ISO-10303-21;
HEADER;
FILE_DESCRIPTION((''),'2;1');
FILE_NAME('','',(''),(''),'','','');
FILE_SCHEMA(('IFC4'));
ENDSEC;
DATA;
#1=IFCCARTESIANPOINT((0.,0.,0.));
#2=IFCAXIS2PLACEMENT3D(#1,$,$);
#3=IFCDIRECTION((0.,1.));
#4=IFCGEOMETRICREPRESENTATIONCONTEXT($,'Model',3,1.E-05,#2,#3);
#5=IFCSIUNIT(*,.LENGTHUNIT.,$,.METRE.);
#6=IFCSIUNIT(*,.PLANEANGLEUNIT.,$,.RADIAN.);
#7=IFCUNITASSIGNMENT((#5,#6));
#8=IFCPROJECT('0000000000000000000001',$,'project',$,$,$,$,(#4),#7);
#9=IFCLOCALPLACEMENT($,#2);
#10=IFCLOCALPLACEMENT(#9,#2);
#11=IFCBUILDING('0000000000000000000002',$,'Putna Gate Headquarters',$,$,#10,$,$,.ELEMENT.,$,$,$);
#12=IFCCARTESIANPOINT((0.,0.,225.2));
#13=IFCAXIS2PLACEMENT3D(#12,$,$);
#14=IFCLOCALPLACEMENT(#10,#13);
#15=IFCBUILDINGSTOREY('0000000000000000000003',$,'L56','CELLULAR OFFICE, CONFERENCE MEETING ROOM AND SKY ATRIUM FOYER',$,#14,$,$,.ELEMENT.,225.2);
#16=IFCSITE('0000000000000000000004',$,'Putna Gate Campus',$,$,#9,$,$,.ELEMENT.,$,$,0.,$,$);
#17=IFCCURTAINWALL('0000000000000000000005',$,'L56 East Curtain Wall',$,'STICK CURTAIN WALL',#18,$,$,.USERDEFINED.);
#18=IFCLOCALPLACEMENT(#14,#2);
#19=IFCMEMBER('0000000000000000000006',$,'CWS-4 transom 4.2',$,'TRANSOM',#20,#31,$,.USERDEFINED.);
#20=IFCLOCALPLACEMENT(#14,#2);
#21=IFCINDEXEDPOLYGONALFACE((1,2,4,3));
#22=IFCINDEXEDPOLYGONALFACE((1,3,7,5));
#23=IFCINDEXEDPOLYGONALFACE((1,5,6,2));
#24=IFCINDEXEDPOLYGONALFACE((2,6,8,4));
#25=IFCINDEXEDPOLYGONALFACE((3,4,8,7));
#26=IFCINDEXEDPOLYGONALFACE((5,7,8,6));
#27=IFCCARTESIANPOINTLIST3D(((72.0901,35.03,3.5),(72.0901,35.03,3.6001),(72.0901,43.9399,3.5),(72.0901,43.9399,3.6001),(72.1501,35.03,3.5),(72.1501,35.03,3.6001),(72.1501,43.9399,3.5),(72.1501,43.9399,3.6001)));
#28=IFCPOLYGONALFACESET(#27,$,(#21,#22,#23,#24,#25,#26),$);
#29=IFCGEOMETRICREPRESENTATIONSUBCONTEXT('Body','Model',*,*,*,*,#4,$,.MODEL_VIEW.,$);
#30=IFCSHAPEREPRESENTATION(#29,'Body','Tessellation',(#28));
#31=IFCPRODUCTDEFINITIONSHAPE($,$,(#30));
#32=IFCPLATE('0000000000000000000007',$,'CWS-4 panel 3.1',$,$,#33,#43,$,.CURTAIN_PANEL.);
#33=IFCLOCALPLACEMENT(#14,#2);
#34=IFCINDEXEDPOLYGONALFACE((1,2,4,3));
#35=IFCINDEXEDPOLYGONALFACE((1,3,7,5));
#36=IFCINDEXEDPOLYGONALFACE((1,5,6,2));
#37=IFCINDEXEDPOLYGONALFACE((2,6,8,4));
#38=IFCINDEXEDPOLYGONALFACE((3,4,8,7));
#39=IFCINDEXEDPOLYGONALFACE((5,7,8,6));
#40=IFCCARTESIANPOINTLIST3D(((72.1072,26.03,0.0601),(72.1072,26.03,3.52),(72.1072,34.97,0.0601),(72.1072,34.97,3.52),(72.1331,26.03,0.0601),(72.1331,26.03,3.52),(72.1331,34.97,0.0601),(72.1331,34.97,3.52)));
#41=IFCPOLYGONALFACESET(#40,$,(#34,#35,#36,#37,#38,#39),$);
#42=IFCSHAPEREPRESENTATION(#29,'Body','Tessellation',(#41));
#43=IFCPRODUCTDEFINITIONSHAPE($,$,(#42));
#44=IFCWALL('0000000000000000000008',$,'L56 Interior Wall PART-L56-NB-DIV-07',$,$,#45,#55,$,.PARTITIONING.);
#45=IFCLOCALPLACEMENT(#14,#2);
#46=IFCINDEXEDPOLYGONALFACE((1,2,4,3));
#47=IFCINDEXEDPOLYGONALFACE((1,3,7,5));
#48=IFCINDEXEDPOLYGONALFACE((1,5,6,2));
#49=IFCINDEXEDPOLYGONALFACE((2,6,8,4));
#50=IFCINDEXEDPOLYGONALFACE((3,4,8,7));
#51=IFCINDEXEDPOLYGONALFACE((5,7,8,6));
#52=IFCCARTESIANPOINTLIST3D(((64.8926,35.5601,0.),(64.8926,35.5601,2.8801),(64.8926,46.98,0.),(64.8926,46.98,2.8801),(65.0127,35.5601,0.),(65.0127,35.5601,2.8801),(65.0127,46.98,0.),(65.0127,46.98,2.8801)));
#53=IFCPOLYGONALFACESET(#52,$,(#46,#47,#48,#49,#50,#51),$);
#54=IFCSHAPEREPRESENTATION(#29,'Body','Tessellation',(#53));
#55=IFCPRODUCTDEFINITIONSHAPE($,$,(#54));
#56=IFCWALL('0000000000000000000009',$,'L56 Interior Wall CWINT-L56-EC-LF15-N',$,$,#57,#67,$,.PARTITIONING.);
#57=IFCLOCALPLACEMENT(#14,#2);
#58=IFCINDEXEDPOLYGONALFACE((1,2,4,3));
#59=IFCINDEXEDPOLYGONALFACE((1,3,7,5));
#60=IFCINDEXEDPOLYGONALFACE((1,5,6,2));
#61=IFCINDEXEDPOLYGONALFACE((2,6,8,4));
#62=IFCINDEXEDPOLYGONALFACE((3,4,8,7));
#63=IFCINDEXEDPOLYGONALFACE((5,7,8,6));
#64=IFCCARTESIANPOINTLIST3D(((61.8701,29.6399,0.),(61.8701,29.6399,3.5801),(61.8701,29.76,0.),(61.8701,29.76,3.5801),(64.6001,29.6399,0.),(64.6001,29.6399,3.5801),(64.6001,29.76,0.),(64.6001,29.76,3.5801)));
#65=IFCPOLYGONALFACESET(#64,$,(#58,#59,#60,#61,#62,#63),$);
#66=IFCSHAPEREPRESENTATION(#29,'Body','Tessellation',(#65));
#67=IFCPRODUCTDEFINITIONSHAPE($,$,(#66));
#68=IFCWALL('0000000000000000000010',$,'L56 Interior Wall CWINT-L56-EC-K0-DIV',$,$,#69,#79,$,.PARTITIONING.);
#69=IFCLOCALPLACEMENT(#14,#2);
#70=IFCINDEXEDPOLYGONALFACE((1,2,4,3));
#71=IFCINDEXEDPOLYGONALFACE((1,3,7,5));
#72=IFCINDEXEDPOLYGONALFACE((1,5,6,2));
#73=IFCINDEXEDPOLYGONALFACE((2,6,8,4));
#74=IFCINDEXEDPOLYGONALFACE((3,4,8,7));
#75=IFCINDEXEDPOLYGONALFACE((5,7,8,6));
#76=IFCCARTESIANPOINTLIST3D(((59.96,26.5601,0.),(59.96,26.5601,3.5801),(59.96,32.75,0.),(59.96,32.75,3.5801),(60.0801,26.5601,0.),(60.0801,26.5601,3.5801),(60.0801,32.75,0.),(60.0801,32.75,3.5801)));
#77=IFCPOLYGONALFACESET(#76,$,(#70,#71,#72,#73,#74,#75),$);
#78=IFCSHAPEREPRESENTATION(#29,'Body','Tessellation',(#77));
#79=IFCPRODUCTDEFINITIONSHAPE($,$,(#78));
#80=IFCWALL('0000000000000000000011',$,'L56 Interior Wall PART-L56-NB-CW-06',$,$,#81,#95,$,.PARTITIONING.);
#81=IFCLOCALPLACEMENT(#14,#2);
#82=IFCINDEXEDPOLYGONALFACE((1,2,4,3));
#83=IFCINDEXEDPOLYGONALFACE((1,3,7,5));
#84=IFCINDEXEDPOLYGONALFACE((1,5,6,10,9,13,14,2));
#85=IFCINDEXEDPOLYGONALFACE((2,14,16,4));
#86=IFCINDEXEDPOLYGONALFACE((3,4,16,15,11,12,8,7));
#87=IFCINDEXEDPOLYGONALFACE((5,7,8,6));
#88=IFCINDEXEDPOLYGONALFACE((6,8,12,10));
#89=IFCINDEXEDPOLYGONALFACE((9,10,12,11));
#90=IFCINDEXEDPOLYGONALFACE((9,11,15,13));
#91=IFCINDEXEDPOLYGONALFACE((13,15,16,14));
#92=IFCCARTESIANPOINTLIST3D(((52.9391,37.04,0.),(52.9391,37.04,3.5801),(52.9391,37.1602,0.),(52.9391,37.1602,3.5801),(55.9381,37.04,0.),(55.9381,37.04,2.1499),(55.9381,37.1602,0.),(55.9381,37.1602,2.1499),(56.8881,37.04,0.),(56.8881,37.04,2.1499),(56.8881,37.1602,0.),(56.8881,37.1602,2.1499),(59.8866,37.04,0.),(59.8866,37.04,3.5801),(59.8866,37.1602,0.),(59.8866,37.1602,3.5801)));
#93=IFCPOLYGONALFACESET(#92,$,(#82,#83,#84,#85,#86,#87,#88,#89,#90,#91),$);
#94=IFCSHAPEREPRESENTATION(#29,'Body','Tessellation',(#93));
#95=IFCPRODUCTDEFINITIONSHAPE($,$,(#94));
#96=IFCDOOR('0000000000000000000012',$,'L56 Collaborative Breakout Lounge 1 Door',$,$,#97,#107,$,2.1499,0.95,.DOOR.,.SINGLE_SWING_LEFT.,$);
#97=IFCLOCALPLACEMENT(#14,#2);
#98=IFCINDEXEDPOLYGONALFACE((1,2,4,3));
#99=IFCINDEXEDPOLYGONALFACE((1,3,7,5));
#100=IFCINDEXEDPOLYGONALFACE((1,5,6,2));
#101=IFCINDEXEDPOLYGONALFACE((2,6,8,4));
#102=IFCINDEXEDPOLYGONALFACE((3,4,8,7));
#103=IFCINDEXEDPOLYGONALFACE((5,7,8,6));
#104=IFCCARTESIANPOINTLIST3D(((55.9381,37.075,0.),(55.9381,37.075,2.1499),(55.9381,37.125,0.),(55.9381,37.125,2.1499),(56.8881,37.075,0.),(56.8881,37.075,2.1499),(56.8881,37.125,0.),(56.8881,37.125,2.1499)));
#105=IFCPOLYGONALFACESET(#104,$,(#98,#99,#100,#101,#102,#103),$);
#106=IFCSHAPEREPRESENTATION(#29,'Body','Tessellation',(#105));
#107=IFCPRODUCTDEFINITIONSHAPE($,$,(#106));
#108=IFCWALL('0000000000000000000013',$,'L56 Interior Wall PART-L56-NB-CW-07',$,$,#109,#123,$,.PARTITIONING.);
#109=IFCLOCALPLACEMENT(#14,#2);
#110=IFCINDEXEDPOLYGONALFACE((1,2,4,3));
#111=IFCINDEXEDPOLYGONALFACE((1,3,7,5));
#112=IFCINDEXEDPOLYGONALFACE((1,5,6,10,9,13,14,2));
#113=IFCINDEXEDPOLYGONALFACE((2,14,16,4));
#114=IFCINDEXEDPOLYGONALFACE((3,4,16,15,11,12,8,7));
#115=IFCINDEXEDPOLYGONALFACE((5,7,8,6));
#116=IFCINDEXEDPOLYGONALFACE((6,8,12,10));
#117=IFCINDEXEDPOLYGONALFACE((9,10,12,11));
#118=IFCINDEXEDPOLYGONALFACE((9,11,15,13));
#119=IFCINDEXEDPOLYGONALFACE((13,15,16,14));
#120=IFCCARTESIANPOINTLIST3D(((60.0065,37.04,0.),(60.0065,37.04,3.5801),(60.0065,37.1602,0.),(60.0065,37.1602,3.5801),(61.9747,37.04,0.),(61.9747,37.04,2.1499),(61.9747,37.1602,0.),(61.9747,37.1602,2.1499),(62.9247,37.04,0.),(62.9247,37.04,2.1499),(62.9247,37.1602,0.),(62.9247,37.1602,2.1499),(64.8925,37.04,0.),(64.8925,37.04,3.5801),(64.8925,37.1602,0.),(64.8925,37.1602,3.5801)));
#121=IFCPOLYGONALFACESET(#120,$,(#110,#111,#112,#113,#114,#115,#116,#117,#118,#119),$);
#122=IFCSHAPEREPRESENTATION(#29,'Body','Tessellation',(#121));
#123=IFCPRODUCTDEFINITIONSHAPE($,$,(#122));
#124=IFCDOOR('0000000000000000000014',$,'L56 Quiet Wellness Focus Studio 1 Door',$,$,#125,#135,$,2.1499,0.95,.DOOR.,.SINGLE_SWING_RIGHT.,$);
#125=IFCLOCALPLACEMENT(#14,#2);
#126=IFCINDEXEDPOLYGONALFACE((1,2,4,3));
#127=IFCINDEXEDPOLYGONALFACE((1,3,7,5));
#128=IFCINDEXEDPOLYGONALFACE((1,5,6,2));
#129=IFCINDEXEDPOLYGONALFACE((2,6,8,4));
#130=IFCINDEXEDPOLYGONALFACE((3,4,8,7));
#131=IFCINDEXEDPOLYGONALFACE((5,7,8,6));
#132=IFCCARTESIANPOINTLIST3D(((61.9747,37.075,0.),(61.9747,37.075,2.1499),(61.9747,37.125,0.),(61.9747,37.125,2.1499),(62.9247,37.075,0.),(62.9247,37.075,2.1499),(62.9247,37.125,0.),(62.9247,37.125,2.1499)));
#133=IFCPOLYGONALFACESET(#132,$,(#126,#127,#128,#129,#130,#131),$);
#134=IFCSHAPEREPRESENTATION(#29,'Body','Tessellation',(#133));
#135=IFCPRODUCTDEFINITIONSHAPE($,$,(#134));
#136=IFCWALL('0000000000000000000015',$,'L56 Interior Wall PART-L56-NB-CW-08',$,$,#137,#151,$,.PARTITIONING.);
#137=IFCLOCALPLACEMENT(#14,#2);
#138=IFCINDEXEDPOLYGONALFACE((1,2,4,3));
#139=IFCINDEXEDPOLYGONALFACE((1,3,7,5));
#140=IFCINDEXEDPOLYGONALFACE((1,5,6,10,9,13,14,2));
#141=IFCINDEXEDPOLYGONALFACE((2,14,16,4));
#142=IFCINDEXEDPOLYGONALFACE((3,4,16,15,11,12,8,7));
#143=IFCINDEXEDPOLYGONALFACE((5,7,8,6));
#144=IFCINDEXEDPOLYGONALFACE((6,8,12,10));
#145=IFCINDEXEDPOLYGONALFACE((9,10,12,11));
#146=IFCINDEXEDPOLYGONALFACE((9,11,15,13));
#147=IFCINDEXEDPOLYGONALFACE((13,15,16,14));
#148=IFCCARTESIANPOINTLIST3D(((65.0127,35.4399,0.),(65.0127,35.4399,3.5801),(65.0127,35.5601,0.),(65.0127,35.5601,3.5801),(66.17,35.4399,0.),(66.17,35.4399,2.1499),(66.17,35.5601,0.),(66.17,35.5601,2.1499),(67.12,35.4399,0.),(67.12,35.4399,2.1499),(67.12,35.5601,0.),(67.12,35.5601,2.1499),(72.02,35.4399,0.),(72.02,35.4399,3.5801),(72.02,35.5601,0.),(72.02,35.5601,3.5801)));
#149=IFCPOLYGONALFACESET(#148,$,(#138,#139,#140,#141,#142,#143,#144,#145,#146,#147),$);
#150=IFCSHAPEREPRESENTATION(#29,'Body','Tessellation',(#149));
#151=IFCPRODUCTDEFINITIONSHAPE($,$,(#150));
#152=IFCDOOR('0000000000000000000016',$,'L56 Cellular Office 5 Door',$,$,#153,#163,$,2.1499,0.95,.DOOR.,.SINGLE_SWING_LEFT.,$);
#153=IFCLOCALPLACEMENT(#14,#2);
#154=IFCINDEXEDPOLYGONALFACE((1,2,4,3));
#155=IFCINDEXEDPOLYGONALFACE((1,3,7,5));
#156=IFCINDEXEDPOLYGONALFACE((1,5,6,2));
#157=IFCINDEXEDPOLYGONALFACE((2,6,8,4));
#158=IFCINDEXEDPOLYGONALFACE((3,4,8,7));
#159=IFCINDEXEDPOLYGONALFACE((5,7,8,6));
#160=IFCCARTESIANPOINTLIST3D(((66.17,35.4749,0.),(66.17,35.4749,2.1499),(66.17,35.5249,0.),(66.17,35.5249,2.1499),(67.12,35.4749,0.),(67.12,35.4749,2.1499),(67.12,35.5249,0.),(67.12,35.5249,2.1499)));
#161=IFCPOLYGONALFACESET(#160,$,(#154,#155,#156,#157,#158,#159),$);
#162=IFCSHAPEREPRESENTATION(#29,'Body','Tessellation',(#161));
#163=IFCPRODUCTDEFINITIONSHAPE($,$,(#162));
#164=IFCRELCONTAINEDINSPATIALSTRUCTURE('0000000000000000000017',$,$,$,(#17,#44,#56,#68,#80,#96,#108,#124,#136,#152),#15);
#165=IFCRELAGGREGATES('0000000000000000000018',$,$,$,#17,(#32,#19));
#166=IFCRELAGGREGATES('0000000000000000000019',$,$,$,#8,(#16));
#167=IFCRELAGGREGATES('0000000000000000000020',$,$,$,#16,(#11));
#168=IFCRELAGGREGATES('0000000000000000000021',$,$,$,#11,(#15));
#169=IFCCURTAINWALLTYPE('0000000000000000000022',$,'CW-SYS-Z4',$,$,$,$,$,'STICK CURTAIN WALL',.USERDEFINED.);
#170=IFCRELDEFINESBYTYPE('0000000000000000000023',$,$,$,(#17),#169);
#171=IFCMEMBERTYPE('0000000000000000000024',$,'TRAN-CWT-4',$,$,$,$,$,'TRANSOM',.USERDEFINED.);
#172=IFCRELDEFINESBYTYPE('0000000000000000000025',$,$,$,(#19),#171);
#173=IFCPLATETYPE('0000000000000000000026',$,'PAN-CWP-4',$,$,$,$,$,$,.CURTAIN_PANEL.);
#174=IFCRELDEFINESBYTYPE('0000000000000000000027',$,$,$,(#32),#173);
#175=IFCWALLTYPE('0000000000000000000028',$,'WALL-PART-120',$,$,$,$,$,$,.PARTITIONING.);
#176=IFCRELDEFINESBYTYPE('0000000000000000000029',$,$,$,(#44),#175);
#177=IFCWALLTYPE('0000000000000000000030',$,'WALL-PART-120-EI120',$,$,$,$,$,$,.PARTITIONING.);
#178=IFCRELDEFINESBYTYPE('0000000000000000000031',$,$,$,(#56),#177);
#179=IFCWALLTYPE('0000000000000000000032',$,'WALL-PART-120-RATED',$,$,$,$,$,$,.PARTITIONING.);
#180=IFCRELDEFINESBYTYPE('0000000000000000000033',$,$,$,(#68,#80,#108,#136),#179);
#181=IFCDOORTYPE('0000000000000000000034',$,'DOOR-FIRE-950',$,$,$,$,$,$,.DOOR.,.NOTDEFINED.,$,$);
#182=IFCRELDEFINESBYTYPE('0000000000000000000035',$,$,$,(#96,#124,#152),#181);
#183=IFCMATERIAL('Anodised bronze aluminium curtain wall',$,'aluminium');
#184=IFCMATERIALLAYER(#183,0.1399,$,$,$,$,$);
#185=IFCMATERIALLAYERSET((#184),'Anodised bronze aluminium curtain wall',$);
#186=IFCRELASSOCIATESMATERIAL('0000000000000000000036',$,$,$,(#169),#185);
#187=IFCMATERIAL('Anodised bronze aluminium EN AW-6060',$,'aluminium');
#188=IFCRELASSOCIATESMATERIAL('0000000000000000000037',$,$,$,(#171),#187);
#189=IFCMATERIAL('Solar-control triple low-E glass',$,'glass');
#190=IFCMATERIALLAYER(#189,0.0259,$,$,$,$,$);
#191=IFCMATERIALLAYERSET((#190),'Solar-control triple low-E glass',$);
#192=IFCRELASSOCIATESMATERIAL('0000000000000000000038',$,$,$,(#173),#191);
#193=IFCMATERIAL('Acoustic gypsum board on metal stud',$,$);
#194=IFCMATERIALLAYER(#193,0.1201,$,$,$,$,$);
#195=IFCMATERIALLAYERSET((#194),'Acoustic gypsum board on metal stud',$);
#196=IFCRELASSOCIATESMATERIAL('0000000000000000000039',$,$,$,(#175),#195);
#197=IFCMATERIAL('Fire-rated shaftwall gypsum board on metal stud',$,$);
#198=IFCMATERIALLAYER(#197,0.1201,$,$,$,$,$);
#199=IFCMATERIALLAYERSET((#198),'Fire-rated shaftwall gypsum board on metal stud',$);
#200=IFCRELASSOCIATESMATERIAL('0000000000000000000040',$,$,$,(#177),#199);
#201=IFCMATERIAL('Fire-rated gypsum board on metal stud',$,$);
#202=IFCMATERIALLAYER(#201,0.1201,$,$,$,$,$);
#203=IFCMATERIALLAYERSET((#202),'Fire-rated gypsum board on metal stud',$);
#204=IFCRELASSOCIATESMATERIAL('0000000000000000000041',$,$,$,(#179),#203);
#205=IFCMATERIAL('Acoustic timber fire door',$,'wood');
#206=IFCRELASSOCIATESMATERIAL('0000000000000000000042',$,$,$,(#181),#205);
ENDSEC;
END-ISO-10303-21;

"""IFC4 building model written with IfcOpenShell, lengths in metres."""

from ifc_helpers import new_model, si_unit, direction, frame, frame_2d, origin, origin_2d, place, context, subcontext, project, spatial, rectangle, extrude, material, layer, layer_set, material_profile, profile_set, type_object, element, fill, aggregate, save


model = new_model("IFC4")

# Units and contexts
model_context = context("Model", 3, precision=1e-05, world=origin(), true_north=direction((0.0, 1.0)))
body_context = subcontext(model_context, "Body", "Model", "MODEL_VIEW")
ifc_project = project(units=[si_unit("LENGTHUNIT", "METRE"), si_unit("PLANEANGLEUNIT", "RADIAN")], contexts=[model_context])

# Site, building, storey
site_placement = place(None, origin())
site = spatial("IfcSite", under=ifc_project, at=site_placement, Name="Putna Gate Campus", CompositionType="ELEMENT", RefElevation=0.0)
building_placement = place(site_placement, origin())
building = spatial("IfcBuilding", under=site, at=building_placement, Name="Putna Gate Headquarters", CompositionType="ELEMENT")
storey_placement = place(building_placement, frame((0.0, 0.0, 225.2)))
storey = spatial("IfcBuildingStorey", under=building, at=storey_placement, Name="L56", Description="CELLULAR OFFICE, CONFERENCE MEETING ROOM AND SKY ATRIUM FOYER", CompositionType="ELEMENT", Elevation=225.2)

# Curtain wall, member, plate
ifc_material_1 = material(Name="Anodised bronze aluminium curtain wall", Category="aluminium")
ifc_layer_1 = layer(ifc_material_1, 0.1399)
ifc_layer_set_1 = layer_set([ifc_layer_1], Name="Anodised bronze aluminium curtain wall")
curtain_wall_type = type_object("IfcCurtainWallType", Name="CW-SYS-Z4", ElementType="STICK CURTAIN WALL", PredefinedType="USERDEFINED", material=ifc_layer_set_1)
curtain_wall_placement = place(storey_placement, origin())
curtain_wall = element("IfcCurtainWall", 1, at=curtain_wall_placement, inside=storey, type_object=curtain_wall_type, Name="L56 East Curtain Wall", ObjectType="STICK CURTAIN WALL", PredefinedType="USERDEFINED")
ifc_material_2 = material(Name="Anodised bronze aluminium EN AW-6060", Category="aluminium")
ifc_material_profile_1 = material_profile(ifc_material_2, rectangle(XDim=0.0601, YDim=0.1001, at=origin_2d()), Name="Anodised bronze aluminium EN AW-6060")
ifc_profile_set_1 = profile_set([ifc_material_profile_1], Name="Anodised bronze aluminium EN AW-6060")
member_type_1 = type_object("IfcMemberType", Name="TRAN-CWT-4", ElementType="TRANSOM", PredefinedType="USERDEFINED", material=ifc_profile_set_1)
member_1_placement = place(storey_placement, frame((72.1201, 35.03, 3.55), z_axis=(0.0, 1.0, 0.0), x_axis=(-1.0, 0.0, 0.0)))
member_1 = element("IfcMember", 2, at=member_1_placement, type_object=member_type_1, Name="CWS-4 transom 4.2", ObjectType="TRANSOM", PredefinedType="USERDEFINED", context=body_context, shape_type="SweptSolid", body=[
    extrude(rectangle(XDim=0.0601, YDim=0.1001, at=origin_2d()), origin(), (0.0, 0.0, 1.0), 8.9099),
])
ifc_material_3 = material(Name="Solar-control triple low-E glass", Category="glass")
ifc_layer_2 = layer(ifc_material_3, 0.0259)
ifc_layer_set_2 = layer_set([ifc_layer_2], Name="Solar-control triple low-E glass")
plate_type = type_object("IfcPlateType", Name="PAN-CWP-4", PredefinedType="CURTAIN_PANEL", material=ifc_layer_set_2)
plate_placement = place(storey_placement, frame((72.1201, 30.5, 0.0601), z_axis=(0.0, 0.0, 1.0), x_axis=(0.0, 1.0, 0.0)))
plate = element("IfcPlate", 3, at=plate_placement, type_object=plate_type, Name="CWS-4 panel 3.1", PredefinedType="CURTAIN_PANEL", context=body_context, shape_type="SweptSolid", body=[
    extrude(rectangle(XDim=8.9399, YDim=0.0259, at=origin_2d()), origin(), (0.0, 0.0, 1.0), 3.46),
])
aggregate(curtain_wall, [plate, member_1])

# Walls
ifc_material_4 = material(Name="Acoustic gypsum board on metal stud")
ifc_layer_3 = layer(ifc_material_4, 0.1201)
ifc_layer_set_3 = layer_set([ifc_layer_3], Name="Acoustic gypsum board on metal stud")
wall_type_1 = type_object("IfcWallType", Name="WALL-PART-120", PredefinedType="PARTITIONING", material=ifc_layer_set_3)
wall_1_placement = place(storey_placement, frame((64.9526, 35.5601, 0.0), z_axis=(0.0, 0.0, 1.0), x_axis=(0.0, 1.0, 0.0)))
element("IfcWall", 4, at=wall_1_placement, inside=storey, type_object=wall_type_1, Name="L56 Interior Wall PART-L56-NB-DIV-07", PredefinedType="PARTITIONING", context=body_context, shape_type="SweptSolid", body=[
    extrude(rectangle(XDim=11.4199, YDim=0.1201, at=frame_2d((5.71, 0.0))), origin(), (0.0, 0.0, 1.0), 2.8801),
])
ifc_material_5 = material(Name="Fire-rated shaftwall gypsum board on metal stud")
ifc_layer_4 = layer(ifc_material_5, 0.1201)
ifc_layer_set_4 = layer_set([ifc_layer_4], Name="Fire-rated shaftwall gypsum board on metal stud")
wall_type_2 = type_object("IfcWallType", Name="WALL-PART-120-EI120", PredefinedType="PARTITIONING", material=ifc_layer_set_4)
wall_2_placement = place(storey_placement, frame((61.8701, 29.7, 0.0), z_axis=(0.0, 0.0, 1.0), x_axis=(1.0, 0.0, 0.0)))
element("IfcWall", 5, at=wall_2_placement, inside=storey, type_object=wall_type_2, Name="L56 Interior Wall CWINT-L56-EC-LF15-N", PredefinedType="PARTITIONING", context=body_context, shape_type="SweptSolid", body=[
    extrude(rectangle(XDim=2.73, YDim=0.1201, at=frame_2d((1.365, 0.0))), origin(), (0.0, 0.0, 1.0), 3.5801),
])
ifc_material_6 = material(Name="Fire-rated gypsum board on metal stud")
ifc_layer_5 = layer(ifc_material_6, 0.1201)
ifc_layer_set_5 = layer_set([ifc_layer_5], Name="Fire-rated gypsum board on metal stud")
wall_type_3 = type_object("IfcWallType", Name="WALL-PART-120-RATED", PredefinedType="PARTITIONING", material=ifc_layer_set_5)
wall_3_placement = place(storey_placement, frame((60.02, 26.5601, 0.0), z_axis=(0.0, 0.0, 1.0), x_axis=(0.0, 1.0, 0.0)))
element("IfcWall", 6, at=wall_3_placement, inside=storey, type_object=wall_type_3, Name="L56 Interior Wall CWINT-L56-EC-K0-DIV", PredefinedType="PARTITIONING", context=body_context, shape_type="SweptSolid", body=[
    extrude(rectangle(XDim=6.1899, YDim=0.1201, at=frame_2d((3.095, 0.0))), origin(), (0.0, 0.0, 1.0), 3.5801),
])

# Walls, openings, doors
wall_4_placement = place(storey_placement, frame((52.9392, 37.1001, 0.0), z_axis=(0.0, 0.0, 1.0), x_axis=(1.0, 0.0, 0.0)))
wall_4 = element("IfcWall", 7, at=wall_4_placement, inside=storey, type_object=wall_type_3, Name="L56 Interior Wall PART-L56-NB-CW-06", PredefinedType="PARTITIONING", context=body_context, shape_type="SweptSolid", body=[
    extrude(rectangle(XDim=6.9475, YDim=0.1201, at=frame_2d((3.4736, 0.0))), origin(), (0.0, 0.0, 1.0), 3.5801),
])
opening_1_placement = place(wall_4_placement, frame((2.9988, 0.0, 0.0)))
opening_1 = element("IfcOpeningElement", 8, at=opening_1_placement, cuts=wall_4, PredefinedType="OPENING", context=body_context, shape_type="SweptSolid", body=[
    extrude(rectangle(XDim=0.95, YDim=2.1499, at=frame_2d((0.4751, 1.075))), frame((0.0, 0.0701, 0.0), z_axis=(0.0, -1.0, 0.0), x_axis=(1.0, 0.0, 0.0)), (0.0, 0.0, 1.0), 0.1401),
])
ifc_material_7 = material(Name="Acoustic timber fire door", Category="wood")
door_type_1 = type_object("IfcDoorType", Name="DOOR-FIRE-950", OperationType="NOTDEFINED", PredefinedType="DOOR", material=ifc_material_7)
door_1_placement = place(opening_1_placement, origin())
door_1 = element("IfcDoor", 9, at=door_1_placement, inside=storey, type_object=door_type_1, Name="L56 Collaborative Breakout Lounge 1 Door", OperationType="SINGLE_SWING_LEFT", OverallHeight=2.1499, OverallWidth=0.95, PredefinedType="DOOR", context=body_context, shape_type="SweptSolid", body=[
    extrude(rectangle(XDim=0.95, YDim=2.1499, at=frame_2d((0.4751, 1.075))), frame((0.0, 0.0249, 0.0), z_axis=(0.0, -1.0, 0.0), x_axis=(1.0, 0.0, 0.0)), (0.0, 0.0, 1.0), 0.05),
])
fill(opening_1, door_1)
wall_5_placement = place(storey_placement, frame((60.0066, 37.1001, 0.0), z_axis=(0.0, 0.0, 1.0), x_axis=(1.0, 0.0, 0.0)))
wall_5 = element("IfcWall", 10, at=wall_5_placement, inside=storey, type_object=wall_type_3, Name="L56 Interior Wall PART-L56-NB-CW-07", PredefinedType="PARTITIONING", context=body_context, shape_type="SweptSolid", body=[
    extrude(rectangle(XDim=4.886, YDim=0.1201, at=frame_2d((2.4429, 0.0))), origin(), (0.0, 0.0, 1.0), 3.5801),
])
opening_2_placement = place(wall_5_placement, frame((1.968, 0.0, 0.0)))
opening_2 = element("IfcOpeningElement", 11, at=opening_2_placement, cuts=wall_5, PredefinedType="OPENING", context=body_context, shape_type="SweptSolid", body=[
    extrude(rectangle(XDim=0.95, YDim=2.1499, at=frame_2d((0.4751, 1.075))), frame((0.0, 0.0701, 0.0), z_axis=(0.0, -1.0, 0.0), x_axis=(1.0, 0.0, 0.0)), (0.0, 0.0, 1.0), 0.1401),
])
door_2_placement = place(opening_2_placement, origin())
door_2 = element("IfcDoor", 12, at=door_2_placement, inside=storey, type_object=door_type_1, Name="L56 Quiet Wellness Focus Studio 1 Door", OperationType="SINGLE_SWING_RIGHT", OverallHeight=2.1499, OverallWidth=0.95, PredefinedType="DOOR", context=body_context, shape_type="SweptSolid", body=[
    extrude(rectangle(XDim=0.95, YDim=2.1499, at=frame_2d((0.4751, 1.075))), frame((0.0, 0.0249, 0.0), z_axis=(0.0, -1.0, 0.0), x_axis=(1.0, 0.0, 0.0)), (0.0, 0.0, 1.0), 0.05),
])
fill(opening_2, door_2)
wall_6_placement = place(storey_placement, frame((65.0127, 35.5, 0.0), z_axis=(0.0, 0.0, 1.0), x_axis=(1.0, 0.0, 0.0)))
wall_6 = element("IfcWall", 13, at=wall_6_placement, inside=storey, type_object=wall_type_3, Name="L56 Interior Wall PART-L56-NB-CW-08", PredefinedType="PARTITIONING", context=body_context, shape_type="SweptSolid", body=[
    extrude(rectangle(XDim=7.0073, YDim=0.1201, at=frame_2d((3.5037, 0.0))), origin(), (0.0, 0.0, 1.0), 3.5801),
])
opening_3_placement = place(wall_6_placement, frame((1.1572, 0.0, 0.0)))
opening_3 = element("IfcOpeningElement", 14, at=opening_3_placement, cuts=wall_6, PredefinedType="OPENING", context=body_context, shape_type="SweptSolid", body=[
    extrude(rectangle(XDim=0.95, YDim=2.1499, at=frame_2d((0.4751, 1.075))), frame((0.0, 0.0701, 0.0), z_axis=(0.0, -1.0, 0.0), x_axis=(1.0, 0.0, 0.0)), (0.0, 0.0, 1.0), 0.1401),
])
door_3_placement = place(opening_3_placement, origin())
door_3 = element("IfcDoor", 15, at=door_3_placement, inside=storey, type_object=door_type_1, Name="L56 Cellular Office 5 Door", OperationType="SINGLE_SWING_LEFT", OverallHeight=2.1499, OverallWidth=0.95, PredefinedType="DOOR", context=body_context, shape_type="SweptSolid", body=[
    extrude(rectangle(XDim=0.95, YDim=2.1499, at=frame_2d((0.4751, 1.075))), frame((0.0, 0.0249, 0.0), z_axis=(0.0, -1.0, 0.0), x_axis=(1.0, 0.0, 0.0)), (0.0, 0.0, 1.0), 0.05),
])
fill(opening_3, door_3)

save(model, "model.ifc")
